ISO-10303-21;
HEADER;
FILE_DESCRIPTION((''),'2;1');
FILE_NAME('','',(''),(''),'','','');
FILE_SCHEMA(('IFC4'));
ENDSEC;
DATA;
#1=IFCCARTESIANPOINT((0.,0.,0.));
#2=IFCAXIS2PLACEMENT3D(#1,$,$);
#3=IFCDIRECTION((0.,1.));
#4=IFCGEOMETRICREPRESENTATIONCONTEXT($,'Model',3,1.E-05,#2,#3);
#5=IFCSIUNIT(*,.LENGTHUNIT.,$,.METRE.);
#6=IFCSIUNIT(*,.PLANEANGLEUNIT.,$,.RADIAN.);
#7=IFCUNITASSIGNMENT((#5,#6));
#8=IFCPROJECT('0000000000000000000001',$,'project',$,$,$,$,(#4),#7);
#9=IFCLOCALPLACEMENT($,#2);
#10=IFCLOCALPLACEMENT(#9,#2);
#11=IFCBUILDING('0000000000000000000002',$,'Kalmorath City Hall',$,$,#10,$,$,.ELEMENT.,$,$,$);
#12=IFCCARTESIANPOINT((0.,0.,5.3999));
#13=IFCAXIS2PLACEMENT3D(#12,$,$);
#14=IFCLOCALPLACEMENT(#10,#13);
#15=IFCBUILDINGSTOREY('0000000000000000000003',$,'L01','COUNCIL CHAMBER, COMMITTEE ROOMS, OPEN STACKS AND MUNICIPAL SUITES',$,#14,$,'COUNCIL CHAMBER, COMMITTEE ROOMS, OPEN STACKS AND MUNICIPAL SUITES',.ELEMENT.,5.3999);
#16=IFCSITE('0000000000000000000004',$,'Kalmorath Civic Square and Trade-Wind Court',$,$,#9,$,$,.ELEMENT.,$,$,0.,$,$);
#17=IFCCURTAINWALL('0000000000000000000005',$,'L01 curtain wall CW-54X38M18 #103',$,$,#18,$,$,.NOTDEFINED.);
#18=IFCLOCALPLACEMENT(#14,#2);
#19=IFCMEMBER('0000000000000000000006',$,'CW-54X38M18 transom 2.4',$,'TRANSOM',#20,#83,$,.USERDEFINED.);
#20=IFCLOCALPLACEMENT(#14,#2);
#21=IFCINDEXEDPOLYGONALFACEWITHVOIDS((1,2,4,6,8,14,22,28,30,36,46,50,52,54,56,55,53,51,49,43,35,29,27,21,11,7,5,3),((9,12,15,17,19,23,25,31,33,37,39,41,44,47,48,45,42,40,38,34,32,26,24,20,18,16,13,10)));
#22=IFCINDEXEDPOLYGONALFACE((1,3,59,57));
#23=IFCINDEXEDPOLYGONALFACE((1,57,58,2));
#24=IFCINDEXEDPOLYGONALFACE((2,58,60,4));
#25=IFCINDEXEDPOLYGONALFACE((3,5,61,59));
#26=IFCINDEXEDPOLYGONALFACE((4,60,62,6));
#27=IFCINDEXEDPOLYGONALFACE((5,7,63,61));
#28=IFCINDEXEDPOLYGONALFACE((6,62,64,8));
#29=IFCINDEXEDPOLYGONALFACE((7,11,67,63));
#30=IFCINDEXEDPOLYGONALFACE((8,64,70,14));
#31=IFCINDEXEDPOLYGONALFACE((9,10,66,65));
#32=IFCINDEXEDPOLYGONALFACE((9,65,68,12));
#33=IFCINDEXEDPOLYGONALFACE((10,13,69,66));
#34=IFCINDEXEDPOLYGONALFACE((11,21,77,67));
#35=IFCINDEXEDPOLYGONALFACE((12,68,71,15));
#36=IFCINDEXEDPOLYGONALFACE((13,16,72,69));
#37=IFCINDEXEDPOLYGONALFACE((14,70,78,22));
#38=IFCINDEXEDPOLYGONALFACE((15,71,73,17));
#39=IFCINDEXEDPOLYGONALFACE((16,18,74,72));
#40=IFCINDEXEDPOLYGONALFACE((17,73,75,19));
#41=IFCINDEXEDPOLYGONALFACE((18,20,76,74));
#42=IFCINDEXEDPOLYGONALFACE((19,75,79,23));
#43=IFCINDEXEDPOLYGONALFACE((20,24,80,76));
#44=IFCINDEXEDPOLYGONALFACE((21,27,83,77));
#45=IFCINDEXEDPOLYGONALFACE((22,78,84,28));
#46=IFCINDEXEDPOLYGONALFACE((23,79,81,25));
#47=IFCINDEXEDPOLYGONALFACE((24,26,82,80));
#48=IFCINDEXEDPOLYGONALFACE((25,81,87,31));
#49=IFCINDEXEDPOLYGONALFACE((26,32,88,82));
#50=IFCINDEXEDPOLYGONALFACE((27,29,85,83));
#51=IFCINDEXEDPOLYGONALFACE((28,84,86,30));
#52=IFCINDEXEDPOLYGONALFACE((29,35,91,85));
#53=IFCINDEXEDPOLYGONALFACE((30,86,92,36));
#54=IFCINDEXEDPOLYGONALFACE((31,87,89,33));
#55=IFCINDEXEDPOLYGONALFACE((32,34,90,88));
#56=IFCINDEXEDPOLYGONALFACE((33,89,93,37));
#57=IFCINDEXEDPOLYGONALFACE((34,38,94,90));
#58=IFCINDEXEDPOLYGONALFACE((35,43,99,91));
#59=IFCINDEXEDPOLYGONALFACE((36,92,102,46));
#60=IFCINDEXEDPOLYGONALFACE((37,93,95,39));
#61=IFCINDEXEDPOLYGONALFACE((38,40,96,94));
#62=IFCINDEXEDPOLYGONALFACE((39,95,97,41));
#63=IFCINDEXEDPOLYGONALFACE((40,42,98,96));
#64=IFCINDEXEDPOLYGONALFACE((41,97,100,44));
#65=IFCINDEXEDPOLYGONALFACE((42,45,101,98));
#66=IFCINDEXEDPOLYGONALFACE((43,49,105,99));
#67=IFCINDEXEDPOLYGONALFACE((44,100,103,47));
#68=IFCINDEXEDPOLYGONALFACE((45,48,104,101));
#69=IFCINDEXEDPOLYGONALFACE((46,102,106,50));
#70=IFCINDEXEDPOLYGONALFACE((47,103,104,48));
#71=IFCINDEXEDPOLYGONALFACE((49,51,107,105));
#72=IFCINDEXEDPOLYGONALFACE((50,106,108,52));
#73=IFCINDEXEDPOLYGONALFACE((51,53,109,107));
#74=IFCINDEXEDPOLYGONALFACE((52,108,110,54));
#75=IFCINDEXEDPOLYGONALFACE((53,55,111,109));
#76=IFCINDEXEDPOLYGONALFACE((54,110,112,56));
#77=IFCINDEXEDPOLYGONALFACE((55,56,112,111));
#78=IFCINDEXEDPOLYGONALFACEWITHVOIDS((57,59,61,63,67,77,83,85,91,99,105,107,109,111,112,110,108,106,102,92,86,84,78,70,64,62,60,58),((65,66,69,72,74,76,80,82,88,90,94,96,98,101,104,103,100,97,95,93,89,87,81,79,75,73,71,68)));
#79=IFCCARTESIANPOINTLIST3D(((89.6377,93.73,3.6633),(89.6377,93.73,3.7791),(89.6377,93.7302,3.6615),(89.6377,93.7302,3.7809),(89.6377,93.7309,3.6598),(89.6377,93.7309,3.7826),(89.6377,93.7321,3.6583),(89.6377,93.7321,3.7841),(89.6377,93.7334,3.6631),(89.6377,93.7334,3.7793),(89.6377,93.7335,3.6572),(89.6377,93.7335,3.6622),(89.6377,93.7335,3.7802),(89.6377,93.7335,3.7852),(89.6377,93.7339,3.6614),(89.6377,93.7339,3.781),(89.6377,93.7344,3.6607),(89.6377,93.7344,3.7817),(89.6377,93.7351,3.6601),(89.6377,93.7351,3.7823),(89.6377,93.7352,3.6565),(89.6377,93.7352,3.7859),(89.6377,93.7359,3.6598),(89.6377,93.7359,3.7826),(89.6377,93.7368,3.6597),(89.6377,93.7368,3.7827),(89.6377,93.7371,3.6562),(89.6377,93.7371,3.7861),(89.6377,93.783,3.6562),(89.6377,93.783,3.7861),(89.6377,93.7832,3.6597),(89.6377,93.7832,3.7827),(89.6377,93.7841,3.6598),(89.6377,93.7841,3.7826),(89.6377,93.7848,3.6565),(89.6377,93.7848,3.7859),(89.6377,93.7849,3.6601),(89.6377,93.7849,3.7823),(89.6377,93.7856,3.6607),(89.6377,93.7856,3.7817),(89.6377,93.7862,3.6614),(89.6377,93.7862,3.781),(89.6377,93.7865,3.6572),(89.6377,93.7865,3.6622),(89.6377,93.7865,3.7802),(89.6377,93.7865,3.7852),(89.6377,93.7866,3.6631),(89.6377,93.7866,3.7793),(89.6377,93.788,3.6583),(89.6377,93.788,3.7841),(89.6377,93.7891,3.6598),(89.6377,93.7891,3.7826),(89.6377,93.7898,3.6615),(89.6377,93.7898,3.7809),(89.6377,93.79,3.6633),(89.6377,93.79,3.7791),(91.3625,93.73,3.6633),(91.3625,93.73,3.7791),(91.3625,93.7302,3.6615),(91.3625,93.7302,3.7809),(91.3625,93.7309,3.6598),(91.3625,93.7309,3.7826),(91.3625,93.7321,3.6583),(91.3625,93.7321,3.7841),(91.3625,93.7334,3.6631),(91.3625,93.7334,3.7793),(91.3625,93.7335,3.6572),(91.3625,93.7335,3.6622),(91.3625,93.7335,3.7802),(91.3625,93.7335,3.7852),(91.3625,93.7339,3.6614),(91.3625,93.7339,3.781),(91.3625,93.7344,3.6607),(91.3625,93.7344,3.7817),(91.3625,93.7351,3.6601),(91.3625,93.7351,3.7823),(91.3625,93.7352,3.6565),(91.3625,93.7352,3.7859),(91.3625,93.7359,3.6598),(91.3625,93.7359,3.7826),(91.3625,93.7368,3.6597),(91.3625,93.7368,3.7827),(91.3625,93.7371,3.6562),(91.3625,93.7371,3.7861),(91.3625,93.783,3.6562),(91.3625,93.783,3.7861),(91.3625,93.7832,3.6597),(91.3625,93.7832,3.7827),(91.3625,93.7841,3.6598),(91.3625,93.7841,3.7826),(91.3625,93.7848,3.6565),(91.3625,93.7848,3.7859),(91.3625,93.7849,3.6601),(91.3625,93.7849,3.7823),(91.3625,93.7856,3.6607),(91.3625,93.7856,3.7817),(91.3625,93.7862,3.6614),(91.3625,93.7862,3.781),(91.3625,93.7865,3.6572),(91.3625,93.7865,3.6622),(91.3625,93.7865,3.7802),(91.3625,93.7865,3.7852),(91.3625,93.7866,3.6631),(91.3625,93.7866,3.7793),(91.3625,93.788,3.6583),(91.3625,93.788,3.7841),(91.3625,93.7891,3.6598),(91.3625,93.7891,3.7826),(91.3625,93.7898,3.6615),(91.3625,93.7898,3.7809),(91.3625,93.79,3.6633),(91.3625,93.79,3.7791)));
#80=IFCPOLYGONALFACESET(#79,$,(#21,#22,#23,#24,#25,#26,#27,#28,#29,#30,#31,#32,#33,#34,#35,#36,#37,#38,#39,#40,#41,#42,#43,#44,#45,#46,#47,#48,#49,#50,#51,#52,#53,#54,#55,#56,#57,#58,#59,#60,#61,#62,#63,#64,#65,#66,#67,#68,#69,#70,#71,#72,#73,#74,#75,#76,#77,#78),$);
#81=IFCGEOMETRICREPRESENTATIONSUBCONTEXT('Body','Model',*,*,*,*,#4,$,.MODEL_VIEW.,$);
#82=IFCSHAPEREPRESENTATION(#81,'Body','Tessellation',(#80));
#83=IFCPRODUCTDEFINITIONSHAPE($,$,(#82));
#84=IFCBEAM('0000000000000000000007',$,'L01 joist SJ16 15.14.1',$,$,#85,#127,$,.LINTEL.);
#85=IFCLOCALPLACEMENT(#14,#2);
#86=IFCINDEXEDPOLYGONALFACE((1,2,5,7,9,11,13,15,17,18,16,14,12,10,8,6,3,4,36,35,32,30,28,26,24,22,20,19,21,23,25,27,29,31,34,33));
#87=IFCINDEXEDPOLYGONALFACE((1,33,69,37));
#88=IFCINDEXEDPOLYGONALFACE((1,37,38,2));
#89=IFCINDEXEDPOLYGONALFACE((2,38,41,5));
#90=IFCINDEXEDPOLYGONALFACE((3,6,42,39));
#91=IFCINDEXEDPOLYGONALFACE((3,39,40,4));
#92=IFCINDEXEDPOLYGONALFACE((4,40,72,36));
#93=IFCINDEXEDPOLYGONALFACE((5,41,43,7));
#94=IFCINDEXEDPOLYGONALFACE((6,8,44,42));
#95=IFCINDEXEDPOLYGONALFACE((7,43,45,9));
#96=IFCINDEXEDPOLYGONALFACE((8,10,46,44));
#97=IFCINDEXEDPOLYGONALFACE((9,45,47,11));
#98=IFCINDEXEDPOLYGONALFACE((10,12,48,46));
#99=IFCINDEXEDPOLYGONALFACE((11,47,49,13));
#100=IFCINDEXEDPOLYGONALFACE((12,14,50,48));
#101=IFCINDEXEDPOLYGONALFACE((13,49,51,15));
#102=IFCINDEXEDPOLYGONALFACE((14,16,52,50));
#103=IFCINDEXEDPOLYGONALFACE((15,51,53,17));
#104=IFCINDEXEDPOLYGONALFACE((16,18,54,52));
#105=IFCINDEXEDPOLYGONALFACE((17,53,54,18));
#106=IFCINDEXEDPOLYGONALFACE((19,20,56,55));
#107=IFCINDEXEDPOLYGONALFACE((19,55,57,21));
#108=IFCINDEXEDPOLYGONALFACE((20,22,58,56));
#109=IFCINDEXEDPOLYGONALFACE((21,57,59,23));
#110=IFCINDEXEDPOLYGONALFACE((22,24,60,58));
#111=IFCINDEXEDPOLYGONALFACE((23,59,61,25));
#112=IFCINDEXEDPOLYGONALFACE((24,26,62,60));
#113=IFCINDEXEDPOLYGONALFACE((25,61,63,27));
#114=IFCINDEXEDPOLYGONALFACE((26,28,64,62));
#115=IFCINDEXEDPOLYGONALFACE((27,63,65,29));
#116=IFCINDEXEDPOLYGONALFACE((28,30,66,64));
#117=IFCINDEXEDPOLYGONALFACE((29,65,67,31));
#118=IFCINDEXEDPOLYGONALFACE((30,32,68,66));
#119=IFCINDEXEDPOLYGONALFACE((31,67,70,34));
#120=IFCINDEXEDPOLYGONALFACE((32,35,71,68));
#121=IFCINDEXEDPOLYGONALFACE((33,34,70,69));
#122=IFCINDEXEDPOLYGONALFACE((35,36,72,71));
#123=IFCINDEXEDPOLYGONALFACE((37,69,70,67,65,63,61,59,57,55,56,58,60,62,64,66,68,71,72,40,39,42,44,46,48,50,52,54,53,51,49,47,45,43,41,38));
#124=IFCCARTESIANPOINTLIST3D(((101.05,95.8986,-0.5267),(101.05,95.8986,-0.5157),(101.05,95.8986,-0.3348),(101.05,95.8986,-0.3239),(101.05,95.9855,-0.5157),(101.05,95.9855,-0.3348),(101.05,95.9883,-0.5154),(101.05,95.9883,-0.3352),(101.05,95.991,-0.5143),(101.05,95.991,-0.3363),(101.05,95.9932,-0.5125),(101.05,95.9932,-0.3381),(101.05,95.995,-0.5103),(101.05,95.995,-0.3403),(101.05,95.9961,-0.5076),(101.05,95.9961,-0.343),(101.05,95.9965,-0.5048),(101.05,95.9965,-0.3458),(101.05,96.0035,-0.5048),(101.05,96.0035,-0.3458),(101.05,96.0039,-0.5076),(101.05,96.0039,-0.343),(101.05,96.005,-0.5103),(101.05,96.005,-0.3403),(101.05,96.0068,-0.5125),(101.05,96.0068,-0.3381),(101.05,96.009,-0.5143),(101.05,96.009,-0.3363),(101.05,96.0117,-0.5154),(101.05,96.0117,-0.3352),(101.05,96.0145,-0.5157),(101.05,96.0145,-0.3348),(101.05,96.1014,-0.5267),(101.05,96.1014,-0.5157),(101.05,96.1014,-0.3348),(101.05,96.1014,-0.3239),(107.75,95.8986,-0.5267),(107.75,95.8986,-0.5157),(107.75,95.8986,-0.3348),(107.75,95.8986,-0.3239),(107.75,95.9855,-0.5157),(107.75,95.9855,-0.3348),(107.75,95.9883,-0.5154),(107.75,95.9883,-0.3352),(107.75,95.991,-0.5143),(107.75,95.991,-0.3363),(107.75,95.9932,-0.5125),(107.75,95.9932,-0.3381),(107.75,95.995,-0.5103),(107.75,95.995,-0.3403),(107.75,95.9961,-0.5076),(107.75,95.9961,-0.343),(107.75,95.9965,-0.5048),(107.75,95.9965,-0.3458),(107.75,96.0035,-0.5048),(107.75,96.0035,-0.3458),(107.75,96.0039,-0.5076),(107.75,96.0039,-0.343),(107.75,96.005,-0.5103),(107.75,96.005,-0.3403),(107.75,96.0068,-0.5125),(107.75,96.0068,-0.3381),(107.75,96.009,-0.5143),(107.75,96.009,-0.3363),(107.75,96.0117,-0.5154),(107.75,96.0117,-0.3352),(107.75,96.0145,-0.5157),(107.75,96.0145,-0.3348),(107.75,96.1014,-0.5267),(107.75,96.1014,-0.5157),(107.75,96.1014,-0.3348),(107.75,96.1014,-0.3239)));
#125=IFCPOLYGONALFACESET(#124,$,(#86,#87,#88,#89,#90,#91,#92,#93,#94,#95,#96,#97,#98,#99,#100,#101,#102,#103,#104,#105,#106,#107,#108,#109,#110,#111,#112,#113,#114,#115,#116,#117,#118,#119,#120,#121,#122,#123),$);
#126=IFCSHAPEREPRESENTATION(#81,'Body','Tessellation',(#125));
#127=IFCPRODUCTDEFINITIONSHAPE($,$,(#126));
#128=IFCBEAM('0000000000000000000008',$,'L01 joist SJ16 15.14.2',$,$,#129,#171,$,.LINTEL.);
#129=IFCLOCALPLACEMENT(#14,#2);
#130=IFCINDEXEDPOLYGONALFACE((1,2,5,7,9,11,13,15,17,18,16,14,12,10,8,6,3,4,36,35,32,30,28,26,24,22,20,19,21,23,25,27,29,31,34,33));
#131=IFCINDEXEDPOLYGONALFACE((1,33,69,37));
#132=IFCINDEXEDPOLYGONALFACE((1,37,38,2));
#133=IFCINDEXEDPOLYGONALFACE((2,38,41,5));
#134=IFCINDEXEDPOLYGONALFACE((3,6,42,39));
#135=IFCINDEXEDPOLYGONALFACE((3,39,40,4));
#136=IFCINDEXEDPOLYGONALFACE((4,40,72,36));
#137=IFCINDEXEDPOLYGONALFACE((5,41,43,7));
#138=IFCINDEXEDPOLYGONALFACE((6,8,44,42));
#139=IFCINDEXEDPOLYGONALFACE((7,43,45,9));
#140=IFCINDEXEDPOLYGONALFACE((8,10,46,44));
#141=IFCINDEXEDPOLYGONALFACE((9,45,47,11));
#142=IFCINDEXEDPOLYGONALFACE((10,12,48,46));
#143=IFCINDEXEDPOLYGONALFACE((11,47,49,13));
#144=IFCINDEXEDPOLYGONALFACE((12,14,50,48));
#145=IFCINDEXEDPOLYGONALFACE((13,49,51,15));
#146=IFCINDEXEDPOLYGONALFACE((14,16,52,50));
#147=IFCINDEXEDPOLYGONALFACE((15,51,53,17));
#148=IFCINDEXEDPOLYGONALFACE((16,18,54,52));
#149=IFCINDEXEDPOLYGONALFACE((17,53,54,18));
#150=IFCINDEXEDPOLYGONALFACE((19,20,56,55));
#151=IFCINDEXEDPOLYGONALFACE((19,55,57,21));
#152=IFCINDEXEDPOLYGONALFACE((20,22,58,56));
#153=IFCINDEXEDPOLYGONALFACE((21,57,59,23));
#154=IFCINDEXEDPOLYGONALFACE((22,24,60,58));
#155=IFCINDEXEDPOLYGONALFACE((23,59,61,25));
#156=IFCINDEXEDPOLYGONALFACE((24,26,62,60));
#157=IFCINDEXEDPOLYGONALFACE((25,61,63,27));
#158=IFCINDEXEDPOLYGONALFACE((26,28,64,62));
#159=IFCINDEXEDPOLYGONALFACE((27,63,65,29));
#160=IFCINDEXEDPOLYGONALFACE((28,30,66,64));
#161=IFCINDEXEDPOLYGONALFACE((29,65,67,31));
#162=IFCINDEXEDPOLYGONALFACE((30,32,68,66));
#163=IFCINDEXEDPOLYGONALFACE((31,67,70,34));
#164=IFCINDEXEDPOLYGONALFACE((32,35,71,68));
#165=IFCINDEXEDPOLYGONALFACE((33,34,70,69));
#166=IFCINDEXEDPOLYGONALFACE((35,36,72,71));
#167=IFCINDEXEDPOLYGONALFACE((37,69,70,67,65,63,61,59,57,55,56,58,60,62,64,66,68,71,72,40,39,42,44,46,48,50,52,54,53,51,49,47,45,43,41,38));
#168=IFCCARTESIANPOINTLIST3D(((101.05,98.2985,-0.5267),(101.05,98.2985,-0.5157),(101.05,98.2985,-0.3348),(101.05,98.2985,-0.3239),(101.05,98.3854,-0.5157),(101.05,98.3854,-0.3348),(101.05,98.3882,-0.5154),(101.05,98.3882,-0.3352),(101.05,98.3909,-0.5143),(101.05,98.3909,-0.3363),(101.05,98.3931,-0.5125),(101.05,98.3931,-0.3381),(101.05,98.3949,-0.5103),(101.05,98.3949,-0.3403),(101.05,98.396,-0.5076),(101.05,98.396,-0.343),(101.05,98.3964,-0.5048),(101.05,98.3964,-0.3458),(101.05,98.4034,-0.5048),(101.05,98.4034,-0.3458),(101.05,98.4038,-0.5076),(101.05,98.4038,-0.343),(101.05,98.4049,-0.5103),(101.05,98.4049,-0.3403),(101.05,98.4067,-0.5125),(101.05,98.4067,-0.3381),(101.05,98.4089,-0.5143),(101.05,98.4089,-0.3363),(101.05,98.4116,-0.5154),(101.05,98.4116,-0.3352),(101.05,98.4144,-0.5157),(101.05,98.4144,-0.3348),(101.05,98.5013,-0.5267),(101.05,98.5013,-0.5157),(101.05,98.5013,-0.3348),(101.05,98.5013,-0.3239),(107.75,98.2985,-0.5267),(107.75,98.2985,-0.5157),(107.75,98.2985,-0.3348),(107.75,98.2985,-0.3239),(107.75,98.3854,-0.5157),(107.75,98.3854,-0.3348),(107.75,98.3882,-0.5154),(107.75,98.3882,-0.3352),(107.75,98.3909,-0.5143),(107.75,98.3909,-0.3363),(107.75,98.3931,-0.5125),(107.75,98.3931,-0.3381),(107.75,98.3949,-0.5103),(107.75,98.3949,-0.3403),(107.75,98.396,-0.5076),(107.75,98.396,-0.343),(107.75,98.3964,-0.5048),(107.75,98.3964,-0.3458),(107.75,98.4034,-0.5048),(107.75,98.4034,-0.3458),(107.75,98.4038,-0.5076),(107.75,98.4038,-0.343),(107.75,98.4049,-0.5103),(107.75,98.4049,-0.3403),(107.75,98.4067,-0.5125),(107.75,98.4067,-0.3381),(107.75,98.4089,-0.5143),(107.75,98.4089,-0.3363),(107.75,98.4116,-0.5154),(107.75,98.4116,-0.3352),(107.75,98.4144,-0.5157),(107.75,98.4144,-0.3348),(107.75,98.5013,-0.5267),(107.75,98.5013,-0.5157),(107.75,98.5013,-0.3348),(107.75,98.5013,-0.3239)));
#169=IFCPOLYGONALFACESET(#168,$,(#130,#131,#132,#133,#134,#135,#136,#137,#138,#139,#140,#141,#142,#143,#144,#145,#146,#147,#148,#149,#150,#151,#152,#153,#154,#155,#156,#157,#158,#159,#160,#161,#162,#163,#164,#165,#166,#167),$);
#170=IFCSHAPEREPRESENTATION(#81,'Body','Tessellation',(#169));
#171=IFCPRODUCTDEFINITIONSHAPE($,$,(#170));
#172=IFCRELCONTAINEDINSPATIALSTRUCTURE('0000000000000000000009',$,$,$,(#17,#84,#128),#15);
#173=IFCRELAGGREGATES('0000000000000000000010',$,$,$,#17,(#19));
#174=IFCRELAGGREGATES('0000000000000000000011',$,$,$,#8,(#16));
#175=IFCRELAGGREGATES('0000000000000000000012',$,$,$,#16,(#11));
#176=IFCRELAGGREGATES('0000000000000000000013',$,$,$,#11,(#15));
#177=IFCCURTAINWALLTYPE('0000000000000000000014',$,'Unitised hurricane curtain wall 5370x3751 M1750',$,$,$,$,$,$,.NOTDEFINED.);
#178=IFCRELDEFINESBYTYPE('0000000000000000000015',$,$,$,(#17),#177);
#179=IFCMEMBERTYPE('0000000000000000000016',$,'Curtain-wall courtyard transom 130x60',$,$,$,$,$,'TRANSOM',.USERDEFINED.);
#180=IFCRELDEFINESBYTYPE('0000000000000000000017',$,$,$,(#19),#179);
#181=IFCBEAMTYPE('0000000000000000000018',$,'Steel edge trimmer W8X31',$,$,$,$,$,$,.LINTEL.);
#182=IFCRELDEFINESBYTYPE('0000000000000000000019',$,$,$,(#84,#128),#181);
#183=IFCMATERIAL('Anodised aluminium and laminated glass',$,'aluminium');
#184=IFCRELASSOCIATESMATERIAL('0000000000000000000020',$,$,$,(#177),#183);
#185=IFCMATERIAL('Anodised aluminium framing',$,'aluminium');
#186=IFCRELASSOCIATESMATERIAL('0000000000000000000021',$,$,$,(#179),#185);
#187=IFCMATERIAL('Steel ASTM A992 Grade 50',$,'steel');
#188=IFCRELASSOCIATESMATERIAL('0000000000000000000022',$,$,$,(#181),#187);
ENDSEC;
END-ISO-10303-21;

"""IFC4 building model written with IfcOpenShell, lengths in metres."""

from ifc_helpers import new_model, si_unit, direction, frame, origin, origin_2d, place, context, subcontext, project, spatial, hollow_rectangle, i_section, extrude, material, material_profile, profile_set, type_object, element, aggregate, save


model = new_model("IFC4")

# Units and contexts
model_context = context("Model", 3, precision=1e-05, world=origin(), true_north=direction((0.0, 1.0)))
body_context = subcontext(model_context, "Body", "Model", "MODEL_VIEW")
ifc_project = project(units=[si_unit("LENGTHUNIT", "METRE"), si_unit("PLANEANGLEUNIT", "RADIAN")], contexts=[model_context])

# Site, building, storey
site_placement = place(None, origin())
site = spatial("IfcSite", under=ifc_project, at=site_placement, Name="Kalmorath Civic Square and Trade-Wind Court", CompositionType="ELEMENT", RefElevation=0.0)
building_placement = place(site_placement, origin())
building = spatial("IfcBuilding", under=site, at=building_placement, Name="Kalmorath City Hall", CompositionType="ELEMENT")
storey_placement = place(building_placement, frame((0.0, 0.0, 5.3999)))
storey = spatial("IfcBuildingStorey", under=building, at=storey_placement, Name="L01", Description="COUNCIL CHAMBER, COMMITTEE ROOMS, OPEN STACKS AND MUNICIPAL SUITES", LongName="COUNCIL CHAMBER, COMMITTEE ROOMS, OPEN STACKS AND MUNICIPAL SUITES", CompositionType="ELEMENT", Elevation=5.3999)

# Curtain wall, member
ifc_material_1 = material(Name="Anodised aluminium and laminated glass", Category="aluminium")
curtain_wall_type = type_object("IfcCurtainWallType", Name="Unitised hurricane curtain wall 5370x3751 M1750", PredefinedType="NOTDEFINED", material=ifc_material_1)
curtain_wall_placement = place(storey_placement, origin())
curtain_wall = element("IfcCurtainWall", 1, at=curtain_wall_placement, inside=storey, type_object=curtain_wall_type, Name="L01 curtain wall CW-54X38M18 #103", PredefinedType="NOTDEFINED")
ifc_material_2 = material(Name="Anodised aluminium framing", Category="aluminium")
ifc_material_profile_1 = material_profile(ifc_material_2, hollow_rectangle(XDim=0.0601, YDim=0.1299, WallThickness=0.0034, InnerFilletRadius=0.0034, OuterFilletRadius=0.0071, at=origin_2d()), Name="ALU-TRN-130X60X3.5")
ifc_profile_set_1 = profile_set([ifc_material_profile_1], Name="Anodised aluminium framing")
member_type_1 = type_object("IfcMemberType", Name="Curtain-wall courtyard transom 130x60", ElementType="TRANSOM", PredefinedType="USERDEFINED", material=ifc_profile_set_1)
member_1_placement = place(storey_placement, frame((91.3625, 93.76, 3.7212), z_axis=(-1.0, 0.0, 0.0), x_axis=(0.0, -1.0, 0.0)))
member_1 = element("IfcMember", 2, at=member_1_placement, type_object=member_type_1, Name="CW-54X38M18 transom 2.4", ObjectType="TRANSOM", PredefinedType="USERDEFINED", context=body_context, shape_type="SweptSolid", body=[
    extrude(hollow_rectangle(XDim=0.0601, YDim=0.1299, WallThickness=0.0034, InnerFilletRadius=0.0034, OuterFilletRadius=0.0071, at=origin_2d()), origin(), (0.0, 0.0, 1.0), 1.7249),
])

# Beams
ifc_material_3 = material(Name="Steel ASTM A992 Grade 50", Category="steel")
ifc_material_profile_2 = material_profile(ifc_material_3, i_section(OverallWidth=0.2029, OverallDepth=0.2029, WebThickness=0.0071, FlangeThickness=0.011, FilletRadius=0.011, at=origin_2d()), Name="W8X31")
ifc_profile_set_2 = profile_set([ifc_material_profile_2], Name="Steel ASTM A992 Grade 50")
beam_type_1 = type_object("IfcBeamType", Name="Steel edge trimmer W8X31", PredefinedType="LINTEL", material=ifc_profile_set_2)
for number, where, z_axis, x_axis, name in (
    (3, (101.05, 96.0, -0.4253), (1.0, 0.0, 0.0), (0.0, 1.0, 0.0), "L01 joist SJ16 15.14.1"),
    (4, (101.05, 98.3999, -0.4253), (1.0, 0.0, 0.0), (0.0, 1.0, 0.0), "L01 joist SJ16 15.14.2"),
):
    element("IfcBeam", number, at=place(storey_placement, frame(where, z_axis=z_axis, x_axis=x_axis)), inside=storey, type_object=beam_type_1, Name=name, PredefinedType="LINTEL", context=body_context, shape_type="SweptSolid", body=[
        extrude(i_section(OverallWidth=0.2029, OverallDepth=0.2029, WebThickness=0.0071, FlangeThickness=0.011, FilletRadius=0.011, at=origin_2d()), origin(), (0.0, 0.0, 1.0), 6.7),
    ])

aggregate(curtain_wall, [member_1])

save(model, "model.ifc")
